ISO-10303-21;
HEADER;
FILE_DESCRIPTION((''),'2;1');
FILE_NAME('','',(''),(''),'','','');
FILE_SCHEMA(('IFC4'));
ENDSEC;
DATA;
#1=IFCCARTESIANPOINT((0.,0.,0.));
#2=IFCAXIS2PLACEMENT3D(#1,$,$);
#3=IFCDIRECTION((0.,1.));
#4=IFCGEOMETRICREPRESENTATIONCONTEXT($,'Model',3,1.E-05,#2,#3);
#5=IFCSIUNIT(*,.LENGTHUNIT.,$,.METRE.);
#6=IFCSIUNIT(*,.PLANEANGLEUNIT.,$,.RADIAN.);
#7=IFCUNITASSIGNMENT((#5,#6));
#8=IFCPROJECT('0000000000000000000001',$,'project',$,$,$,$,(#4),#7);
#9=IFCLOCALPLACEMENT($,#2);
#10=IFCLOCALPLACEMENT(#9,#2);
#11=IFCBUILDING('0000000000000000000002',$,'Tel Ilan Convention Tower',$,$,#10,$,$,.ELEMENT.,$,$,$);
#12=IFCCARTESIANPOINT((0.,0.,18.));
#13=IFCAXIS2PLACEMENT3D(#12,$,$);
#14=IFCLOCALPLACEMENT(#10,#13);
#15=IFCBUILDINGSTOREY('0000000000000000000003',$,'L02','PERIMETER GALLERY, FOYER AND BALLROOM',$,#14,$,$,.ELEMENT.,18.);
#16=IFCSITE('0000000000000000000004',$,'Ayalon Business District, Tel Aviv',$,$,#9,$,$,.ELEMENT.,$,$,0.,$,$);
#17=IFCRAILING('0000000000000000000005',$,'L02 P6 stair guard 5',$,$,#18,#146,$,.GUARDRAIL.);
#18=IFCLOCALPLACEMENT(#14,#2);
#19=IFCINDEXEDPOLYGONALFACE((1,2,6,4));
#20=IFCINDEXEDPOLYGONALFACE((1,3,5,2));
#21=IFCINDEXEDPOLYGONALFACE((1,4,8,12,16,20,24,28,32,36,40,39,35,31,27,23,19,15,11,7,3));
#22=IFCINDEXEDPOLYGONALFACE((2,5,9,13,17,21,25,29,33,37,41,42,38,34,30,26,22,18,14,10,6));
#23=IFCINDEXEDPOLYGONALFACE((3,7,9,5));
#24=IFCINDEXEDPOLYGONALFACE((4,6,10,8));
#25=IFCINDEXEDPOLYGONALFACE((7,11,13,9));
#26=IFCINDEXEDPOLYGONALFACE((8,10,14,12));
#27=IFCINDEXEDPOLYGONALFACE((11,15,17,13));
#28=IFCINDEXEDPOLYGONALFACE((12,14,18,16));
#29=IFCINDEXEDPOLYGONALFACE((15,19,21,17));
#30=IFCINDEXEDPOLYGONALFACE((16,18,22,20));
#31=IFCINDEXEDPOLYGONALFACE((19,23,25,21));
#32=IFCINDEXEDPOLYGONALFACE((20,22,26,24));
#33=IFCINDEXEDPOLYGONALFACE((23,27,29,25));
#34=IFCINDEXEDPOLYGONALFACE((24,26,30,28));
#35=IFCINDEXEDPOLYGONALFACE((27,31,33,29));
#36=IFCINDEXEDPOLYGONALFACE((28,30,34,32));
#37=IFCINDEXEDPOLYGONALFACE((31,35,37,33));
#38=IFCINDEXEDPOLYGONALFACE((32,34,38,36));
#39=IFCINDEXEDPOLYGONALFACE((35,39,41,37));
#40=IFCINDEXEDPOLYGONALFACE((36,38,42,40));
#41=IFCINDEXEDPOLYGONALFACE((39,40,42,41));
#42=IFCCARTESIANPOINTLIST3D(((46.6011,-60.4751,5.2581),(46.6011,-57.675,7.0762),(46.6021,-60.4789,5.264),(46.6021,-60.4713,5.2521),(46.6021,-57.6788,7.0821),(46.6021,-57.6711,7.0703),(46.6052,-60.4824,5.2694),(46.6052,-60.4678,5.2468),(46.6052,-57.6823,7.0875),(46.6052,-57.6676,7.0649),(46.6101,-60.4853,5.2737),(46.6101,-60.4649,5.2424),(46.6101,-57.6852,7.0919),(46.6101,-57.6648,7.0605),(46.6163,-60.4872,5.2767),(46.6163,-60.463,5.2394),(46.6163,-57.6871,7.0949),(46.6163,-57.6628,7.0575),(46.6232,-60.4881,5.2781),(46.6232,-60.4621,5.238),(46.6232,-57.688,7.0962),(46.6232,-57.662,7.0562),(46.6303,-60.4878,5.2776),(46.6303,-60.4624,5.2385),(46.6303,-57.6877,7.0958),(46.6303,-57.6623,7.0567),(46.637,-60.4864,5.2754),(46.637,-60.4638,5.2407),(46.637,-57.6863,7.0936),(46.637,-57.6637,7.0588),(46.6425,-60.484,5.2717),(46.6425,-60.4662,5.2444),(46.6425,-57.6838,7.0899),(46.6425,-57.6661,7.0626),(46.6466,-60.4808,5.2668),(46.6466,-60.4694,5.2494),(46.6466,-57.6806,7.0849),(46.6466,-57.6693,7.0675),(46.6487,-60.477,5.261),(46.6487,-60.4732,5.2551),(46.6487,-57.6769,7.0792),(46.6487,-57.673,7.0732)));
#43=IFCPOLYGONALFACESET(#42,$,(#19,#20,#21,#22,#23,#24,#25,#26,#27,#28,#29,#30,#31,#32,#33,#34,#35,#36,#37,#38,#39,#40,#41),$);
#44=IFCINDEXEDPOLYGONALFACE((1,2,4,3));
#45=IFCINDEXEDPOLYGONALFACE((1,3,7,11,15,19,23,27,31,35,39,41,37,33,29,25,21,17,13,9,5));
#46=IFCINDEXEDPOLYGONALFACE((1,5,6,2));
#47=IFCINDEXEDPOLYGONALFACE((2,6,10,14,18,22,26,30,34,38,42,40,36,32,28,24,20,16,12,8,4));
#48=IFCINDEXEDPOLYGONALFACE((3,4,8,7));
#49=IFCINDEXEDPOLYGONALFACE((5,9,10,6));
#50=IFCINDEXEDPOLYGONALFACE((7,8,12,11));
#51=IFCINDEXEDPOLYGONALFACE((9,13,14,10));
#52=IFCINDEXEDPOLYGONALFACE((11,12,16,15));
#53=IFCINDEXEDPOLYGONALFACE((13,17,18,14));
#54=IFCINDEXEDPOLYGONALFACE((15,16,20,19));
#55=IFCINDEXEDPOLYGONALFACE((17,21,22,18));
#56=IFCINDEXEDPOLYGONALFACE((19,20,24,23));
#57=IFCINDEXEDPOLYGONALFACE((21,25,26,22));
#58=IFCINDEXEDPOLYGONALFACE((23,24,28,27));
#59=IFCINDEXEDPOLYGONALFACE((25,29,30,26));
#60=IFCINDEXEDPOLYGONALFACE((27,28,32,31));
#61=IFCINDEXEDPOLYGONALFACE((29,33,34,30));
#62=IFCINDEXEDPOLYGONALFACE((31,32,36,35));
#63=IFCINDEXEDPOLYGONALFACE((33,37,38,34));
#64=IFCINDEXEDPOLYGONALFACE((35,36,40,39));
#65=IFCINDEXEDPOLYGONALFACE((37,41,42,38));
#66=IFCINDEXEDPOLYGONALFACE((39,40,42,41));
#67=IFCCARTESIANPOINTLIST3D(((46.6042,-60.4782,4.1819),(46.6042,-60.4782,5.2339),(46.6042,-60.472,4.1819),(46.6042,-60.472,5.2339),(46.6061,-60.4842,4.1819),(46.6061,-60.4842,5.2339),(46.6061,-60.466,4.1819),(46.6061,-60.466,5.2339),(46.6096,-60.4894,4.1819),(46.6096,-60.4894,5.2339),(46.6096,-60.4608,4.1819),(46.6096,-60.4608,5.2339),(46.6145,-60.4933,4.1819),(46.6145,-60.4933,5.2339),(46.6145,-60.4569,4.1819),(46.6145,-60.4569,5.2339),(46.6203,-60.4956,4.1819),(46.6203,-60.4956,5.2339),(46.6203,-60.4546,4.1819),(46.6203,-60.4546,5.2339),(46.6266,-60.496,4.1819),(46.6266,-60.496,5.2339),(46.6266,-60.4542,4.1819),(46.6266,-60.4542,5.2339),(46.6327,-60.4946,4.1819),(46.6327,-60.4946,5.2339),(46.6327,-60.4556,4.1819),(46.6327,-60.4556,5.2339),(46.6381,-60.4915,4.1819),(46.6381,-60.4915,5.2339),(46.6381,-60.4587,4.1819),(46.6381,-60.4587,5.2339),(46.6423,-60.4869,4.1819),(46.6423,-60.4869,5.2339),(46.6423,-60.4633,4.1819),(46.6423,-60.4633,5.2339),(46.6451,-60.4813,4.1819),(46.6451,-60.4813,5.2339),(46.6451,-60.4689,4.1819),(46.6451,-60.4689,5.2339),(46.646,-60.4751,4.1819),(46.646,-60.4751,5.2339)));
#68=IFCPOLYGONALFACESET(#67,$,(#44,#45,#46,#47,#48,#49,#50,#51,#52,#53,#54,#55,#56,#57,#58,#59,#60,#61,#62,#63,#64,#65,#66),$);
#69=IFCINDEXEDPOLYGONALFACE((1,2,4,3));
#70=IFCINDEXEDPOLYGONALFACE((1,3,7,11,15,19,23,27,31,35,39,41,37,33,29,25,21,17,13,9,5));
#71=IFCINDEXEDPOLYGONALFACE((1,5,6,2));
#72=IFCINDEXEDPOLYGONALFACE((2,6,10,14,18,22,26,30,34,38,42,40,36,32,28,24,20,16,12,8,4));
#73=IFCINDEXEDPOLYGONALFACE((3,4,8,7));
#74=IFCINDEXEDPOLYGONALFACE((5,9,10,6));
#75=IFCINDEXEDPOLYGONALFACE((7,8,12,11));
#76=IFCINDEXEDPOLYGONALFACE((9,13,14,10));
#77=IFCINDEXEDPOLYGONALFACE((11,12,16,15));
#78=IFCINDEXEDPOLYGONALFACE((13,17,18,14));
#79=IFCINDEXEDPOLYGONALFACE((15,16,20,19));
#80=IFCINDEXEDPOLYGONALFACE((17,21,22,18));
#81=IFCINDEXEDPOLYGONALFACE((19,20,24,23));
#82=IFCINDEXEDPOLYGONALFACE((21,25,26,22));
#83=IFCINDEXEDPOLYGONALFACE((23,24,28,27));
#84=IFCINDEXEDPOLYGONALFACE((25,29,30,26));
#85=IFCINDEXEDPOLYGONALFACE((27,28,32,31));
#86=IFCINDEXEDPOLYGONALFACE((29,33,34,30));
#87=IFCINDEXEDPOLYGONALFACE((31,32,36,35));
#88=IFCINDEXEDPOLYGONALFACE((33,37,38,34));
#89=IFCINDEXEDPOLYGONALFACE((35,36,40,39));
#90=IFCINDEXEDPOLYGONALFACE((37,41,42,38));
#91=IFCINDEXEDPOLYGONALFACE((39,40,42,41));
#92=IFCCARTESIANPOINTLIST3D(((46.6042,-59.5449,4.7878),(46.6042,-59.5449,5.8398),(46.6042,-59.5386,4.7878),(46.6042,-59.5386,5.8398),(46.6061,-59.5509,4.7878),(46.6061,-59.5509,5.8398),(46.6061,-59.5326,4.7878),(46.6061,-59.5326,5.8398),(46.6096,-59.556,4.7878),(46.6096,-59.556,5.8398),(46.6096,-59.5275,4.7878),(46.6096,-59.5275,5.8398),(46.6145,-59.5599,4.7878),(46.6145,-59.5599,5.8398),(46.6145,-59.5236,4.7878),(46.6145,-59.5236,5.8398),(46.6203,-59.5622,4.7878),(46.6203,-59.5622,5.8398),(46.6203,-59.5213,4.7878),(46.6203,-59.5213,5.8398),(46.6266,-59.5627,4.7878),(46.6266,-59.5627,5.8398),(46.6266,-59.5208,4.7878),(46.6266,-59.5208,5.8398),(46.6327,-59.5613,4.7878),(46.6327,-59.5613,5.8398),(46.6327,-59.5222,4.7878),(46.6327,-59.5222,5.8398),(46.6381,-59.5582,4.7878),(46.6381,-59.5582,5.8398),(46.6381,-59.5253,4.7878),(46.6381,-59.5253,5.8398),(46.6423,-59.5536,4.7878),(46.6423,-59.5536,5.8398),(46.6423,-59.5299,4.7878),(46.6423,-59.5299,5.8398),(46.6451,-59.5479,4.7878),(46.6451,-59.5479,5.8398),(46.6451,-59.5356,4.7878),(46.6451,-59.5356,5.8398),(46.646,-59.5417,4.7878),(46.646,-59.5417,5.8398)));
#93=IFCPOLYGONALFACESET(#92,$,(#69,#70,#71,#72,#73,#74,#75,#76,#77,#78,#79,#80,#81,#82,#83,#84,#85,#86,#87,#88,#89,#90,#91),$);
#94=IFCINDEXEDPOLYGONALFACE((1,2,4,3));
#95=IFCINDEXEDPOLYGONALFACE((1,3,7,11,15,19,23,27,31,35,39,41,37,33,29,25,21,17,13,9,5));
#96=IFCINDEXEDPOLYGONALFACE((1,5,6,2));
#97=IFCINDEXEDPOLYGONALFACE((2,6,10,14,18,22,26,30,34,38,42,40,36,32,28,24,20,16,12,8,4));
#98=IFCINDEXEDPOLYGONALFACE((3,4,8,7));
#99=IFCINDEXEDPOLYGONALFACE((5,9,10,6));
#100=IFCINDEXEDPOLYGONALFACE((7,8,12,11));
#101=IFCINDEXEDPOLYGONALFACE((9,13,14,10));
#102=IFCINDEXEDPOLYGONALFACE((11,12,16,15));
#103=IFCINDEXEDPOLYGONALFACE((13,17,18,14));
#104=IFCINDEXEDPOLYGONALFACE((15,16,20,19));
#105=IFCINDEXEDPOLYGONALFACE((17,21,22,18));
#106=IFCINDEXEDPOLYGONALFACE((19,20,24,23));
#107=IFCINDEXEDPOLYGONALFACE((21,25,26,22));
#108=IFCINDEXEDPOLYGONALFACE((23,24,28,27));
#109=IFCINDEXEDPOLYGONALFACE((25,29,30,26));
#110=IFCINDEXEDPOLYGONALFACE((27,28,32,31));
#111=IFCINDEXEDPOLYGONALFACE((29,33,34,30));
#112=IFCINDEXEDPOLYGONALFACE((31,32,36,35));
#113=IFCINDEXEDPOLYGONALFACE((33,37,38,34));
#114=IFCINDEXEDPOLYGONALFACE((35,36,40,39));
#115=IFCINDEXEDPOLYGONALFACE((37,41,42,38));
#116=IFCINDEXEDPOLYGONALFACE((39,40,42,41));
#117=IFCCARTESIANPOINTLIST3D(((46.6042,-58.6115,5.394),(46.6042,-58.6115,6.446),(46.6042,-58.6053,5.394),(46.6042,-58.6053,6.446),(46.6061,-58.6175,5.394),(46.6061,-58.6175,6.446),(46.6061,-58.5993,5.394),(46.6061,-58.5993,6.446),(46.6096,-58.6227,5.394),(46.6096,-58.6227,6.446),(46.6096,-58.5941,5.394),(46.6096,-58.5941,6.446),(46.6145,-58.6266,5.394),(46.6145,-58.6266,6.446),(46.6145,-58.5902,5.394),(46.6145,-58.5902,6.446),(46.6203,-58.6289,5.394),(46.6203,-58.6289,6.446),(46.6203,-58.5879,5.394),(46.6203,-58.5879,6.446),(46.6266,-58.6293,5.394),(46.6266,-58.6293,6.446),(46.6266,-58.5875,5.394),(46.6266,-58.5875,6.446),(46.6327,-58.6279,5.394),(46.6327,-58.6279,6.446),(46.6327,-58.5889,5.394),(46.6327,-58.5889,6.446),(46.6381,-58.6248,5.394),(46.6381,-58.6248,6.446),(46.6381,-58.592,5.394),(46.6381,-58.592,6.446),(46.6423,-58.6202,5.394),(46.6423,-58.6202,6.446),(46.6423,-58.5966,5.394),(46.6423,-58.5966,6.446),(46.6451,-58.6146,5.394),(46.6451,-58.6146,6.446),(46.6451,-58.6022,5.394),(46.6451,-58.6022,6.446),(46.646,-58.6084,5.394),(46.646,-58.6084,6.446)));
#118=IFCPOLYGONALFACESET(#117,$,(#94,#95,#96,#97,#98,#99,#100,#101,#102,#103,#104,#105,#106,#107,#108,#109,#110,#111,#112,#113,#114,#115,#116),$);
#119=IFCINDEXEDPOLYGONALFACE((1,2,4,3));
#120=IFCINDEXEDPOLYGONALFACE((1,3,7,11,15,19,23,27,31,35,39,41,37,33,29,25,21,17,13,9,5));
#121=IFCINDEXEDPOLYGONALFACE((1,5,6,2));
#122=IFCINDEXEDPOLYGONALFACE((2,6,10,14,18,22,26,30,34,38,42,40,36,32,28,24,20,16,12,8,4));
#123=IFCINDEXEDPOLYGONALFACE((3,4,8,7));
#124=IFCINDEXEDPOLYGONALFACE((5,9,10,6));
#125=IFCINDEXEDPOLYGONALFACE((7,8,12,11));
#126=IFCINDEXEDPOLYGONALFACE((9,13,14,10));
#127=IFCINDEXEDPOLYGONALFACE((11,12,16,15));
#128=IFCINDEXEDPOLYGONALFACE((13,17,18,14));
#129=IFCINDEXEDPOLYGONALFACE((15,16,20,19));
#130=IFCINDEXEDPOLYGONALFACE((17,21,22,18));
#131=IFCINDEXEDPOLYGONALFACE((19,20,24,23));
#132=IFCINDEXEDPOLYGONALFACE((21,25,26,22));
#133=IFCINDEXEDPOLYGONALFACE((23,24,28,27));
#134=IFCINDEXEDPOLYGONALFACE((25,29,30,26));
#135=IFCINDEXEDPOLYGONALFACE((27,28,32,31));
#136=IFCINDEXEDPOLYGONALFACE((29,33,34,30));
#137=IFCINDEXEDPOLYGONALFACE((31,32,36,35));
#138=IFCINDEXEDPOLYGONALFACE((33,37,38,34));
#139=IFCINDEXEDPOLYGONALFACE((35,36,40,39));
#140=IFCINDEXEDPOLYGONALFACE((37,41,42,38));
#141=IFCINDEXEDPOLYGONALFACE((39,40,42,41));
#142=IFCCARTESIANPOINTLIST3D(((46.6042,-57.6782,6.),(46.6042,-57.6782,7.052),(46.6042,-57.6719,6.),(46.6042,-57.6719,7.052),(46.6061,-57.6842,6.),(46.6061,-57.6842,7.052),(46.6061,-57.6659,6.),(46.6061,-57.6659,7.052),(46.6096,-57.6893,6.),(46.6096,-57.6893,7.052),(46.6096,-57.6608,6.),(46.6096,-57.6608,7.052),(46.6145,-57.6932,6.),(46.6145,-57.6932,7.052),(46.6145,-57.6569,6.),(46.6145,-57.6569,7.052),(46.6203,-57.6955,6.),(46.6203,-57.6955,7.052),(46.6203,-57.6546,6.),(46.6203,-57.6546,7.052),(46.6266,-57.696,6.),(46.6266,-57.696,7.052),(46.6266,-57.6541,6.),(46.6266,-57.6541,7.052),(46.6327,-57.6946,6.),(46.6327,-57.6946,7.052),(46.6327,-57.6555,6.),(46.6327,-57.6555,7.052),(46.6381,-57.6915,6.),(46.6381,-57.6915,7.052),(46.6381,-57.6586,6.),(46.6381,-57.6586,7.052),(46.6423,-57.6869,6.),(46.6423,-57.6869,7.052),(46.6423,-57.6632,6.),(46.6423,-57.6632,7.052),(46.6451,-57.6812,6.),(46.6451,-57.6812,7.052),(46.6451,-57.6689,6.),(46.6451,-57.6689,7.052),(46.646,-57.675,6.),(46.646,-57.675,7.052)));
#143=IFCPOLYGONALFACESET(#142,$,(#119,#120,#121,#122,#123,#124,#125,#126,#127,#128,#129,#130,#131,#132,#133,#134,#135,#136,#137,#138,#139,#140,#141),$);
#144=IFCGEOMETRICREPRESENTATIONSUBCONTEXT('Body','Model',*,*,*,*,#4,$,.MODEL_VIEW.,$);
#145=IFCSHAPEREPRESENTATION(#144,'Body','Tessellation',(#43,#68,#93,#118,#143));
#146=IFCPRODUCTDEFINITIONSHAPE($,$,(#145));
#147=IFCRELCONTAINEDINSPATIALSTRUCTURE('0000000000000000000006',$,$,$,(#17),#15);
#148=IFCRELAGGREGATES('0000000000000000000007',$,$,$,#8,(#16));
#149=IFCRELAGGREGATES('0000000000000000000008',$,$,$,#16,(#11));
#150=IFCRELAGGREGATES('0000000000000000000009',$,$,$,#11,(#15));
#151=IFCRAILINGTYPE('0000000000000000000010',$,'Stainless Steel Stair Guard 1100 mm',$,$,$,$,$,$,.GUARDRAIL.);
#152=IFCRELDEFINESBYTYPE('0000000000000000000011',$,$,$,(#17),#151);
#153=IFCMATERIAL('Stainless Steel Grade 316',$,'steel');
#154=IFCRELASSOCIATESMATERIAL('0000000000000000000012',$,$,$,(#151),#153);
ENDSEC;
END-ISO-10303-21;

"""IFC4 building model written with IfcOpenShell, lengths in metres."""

from ifc_helpers import new_model, si_unit, direction, frame, origin, origin_2d, place, context, subcontext, project, spatial, circle, extrude, material, type_object, element, save


model = new_model("IFC4")

# Units and contexts
model_context = context("Model", 3, precision=1e-05, world=origin(), true_north=direction((0.0, 1.0)))
body_context = subcontext(model_context, "Body", "Model", "MODEL_VIEW")
ifc_project = project(units=[si_unit("LENGTHUNIT", "METRE"), si_unit("PLANEANGLEUNIT", "RADIAN")], contexts=[model_context])

# Site, building, storey
site_placement = place(None, origin())
site = spatial("IfcSite", under=ifc_project, at=site_placement, Name="Ayalon Business District, Tel Aviv", CompositionType="ELEMENT", RefElevation=0.0)
building_placement = place(site_placement, origin())
building = spatial("IfcBuilding", under=site, at=building_placement, Name="Tel Ilan Convention Tower", CompositionType="ELEMENT")
storey_placement = place(building_placement, frame((0.0, 0.0, 18.0)))
storey = spatial("IfcBuildingStorey", under=building, at=storey_placement, Name="L02", Description="PERIMETER GALLERY, FOYER AND BALLROOM", CompositionType="ELEMENT", Elevation=18.0)

# Railing
ifc_material_1 = material(Name="Stainless Steel Grade 316", Category="steel")
railing_type_1 = type_object("IfcRailingType", Name="Stainless Steel Stair Guard 1100 mm", PredefinedType="GUARDRAIL", material=ifc_material_1)
railing_1_placement = place(storey_placement, frame((46.625, -60.4751, 4.1819)))
element("IfcRailing", 1, at=railing_1_placement, inside=storey, type_object=railing_type_1, Name="L02 P6 stair guard 5", PredefinedType="GUARDRAIL", context=body_context, shape_type="SweptSolid", body=[
    extrude(circle(Radius=0.0239, at=origin_2d()), frame((0.0, 0.0, 1.0762), z_axis=(0.0, 0.838706, 0.544585), x_axis=(-1.0, 0.0, 0.0)), (0.0, 0.0, 1.0), 3.3386),
    extrude(circle(Radius=0.021, at=origin_2d()), origin(), (0.0, 0.0, 1.0), 1.052),
    extrude(circle(Radius=0.021, at=origin_2d()), frame((0.0, 0.9333, 0.606)), (0.0, 0.0, 1.0), 1.052),
    extrude(circle(Radius=0.021, at=origin_2d()), frame((0.0, 1.8667, 1.2122)), (0.0, 0.0, 1.0), 1.052),
    extrude(circle(Radius=0.021, at=origin_2d()), frame((0.0, 2.8, 1.8181)), (0.0, 0.0, 1.0), 1.052),
])

save(model, "model.ifc")
